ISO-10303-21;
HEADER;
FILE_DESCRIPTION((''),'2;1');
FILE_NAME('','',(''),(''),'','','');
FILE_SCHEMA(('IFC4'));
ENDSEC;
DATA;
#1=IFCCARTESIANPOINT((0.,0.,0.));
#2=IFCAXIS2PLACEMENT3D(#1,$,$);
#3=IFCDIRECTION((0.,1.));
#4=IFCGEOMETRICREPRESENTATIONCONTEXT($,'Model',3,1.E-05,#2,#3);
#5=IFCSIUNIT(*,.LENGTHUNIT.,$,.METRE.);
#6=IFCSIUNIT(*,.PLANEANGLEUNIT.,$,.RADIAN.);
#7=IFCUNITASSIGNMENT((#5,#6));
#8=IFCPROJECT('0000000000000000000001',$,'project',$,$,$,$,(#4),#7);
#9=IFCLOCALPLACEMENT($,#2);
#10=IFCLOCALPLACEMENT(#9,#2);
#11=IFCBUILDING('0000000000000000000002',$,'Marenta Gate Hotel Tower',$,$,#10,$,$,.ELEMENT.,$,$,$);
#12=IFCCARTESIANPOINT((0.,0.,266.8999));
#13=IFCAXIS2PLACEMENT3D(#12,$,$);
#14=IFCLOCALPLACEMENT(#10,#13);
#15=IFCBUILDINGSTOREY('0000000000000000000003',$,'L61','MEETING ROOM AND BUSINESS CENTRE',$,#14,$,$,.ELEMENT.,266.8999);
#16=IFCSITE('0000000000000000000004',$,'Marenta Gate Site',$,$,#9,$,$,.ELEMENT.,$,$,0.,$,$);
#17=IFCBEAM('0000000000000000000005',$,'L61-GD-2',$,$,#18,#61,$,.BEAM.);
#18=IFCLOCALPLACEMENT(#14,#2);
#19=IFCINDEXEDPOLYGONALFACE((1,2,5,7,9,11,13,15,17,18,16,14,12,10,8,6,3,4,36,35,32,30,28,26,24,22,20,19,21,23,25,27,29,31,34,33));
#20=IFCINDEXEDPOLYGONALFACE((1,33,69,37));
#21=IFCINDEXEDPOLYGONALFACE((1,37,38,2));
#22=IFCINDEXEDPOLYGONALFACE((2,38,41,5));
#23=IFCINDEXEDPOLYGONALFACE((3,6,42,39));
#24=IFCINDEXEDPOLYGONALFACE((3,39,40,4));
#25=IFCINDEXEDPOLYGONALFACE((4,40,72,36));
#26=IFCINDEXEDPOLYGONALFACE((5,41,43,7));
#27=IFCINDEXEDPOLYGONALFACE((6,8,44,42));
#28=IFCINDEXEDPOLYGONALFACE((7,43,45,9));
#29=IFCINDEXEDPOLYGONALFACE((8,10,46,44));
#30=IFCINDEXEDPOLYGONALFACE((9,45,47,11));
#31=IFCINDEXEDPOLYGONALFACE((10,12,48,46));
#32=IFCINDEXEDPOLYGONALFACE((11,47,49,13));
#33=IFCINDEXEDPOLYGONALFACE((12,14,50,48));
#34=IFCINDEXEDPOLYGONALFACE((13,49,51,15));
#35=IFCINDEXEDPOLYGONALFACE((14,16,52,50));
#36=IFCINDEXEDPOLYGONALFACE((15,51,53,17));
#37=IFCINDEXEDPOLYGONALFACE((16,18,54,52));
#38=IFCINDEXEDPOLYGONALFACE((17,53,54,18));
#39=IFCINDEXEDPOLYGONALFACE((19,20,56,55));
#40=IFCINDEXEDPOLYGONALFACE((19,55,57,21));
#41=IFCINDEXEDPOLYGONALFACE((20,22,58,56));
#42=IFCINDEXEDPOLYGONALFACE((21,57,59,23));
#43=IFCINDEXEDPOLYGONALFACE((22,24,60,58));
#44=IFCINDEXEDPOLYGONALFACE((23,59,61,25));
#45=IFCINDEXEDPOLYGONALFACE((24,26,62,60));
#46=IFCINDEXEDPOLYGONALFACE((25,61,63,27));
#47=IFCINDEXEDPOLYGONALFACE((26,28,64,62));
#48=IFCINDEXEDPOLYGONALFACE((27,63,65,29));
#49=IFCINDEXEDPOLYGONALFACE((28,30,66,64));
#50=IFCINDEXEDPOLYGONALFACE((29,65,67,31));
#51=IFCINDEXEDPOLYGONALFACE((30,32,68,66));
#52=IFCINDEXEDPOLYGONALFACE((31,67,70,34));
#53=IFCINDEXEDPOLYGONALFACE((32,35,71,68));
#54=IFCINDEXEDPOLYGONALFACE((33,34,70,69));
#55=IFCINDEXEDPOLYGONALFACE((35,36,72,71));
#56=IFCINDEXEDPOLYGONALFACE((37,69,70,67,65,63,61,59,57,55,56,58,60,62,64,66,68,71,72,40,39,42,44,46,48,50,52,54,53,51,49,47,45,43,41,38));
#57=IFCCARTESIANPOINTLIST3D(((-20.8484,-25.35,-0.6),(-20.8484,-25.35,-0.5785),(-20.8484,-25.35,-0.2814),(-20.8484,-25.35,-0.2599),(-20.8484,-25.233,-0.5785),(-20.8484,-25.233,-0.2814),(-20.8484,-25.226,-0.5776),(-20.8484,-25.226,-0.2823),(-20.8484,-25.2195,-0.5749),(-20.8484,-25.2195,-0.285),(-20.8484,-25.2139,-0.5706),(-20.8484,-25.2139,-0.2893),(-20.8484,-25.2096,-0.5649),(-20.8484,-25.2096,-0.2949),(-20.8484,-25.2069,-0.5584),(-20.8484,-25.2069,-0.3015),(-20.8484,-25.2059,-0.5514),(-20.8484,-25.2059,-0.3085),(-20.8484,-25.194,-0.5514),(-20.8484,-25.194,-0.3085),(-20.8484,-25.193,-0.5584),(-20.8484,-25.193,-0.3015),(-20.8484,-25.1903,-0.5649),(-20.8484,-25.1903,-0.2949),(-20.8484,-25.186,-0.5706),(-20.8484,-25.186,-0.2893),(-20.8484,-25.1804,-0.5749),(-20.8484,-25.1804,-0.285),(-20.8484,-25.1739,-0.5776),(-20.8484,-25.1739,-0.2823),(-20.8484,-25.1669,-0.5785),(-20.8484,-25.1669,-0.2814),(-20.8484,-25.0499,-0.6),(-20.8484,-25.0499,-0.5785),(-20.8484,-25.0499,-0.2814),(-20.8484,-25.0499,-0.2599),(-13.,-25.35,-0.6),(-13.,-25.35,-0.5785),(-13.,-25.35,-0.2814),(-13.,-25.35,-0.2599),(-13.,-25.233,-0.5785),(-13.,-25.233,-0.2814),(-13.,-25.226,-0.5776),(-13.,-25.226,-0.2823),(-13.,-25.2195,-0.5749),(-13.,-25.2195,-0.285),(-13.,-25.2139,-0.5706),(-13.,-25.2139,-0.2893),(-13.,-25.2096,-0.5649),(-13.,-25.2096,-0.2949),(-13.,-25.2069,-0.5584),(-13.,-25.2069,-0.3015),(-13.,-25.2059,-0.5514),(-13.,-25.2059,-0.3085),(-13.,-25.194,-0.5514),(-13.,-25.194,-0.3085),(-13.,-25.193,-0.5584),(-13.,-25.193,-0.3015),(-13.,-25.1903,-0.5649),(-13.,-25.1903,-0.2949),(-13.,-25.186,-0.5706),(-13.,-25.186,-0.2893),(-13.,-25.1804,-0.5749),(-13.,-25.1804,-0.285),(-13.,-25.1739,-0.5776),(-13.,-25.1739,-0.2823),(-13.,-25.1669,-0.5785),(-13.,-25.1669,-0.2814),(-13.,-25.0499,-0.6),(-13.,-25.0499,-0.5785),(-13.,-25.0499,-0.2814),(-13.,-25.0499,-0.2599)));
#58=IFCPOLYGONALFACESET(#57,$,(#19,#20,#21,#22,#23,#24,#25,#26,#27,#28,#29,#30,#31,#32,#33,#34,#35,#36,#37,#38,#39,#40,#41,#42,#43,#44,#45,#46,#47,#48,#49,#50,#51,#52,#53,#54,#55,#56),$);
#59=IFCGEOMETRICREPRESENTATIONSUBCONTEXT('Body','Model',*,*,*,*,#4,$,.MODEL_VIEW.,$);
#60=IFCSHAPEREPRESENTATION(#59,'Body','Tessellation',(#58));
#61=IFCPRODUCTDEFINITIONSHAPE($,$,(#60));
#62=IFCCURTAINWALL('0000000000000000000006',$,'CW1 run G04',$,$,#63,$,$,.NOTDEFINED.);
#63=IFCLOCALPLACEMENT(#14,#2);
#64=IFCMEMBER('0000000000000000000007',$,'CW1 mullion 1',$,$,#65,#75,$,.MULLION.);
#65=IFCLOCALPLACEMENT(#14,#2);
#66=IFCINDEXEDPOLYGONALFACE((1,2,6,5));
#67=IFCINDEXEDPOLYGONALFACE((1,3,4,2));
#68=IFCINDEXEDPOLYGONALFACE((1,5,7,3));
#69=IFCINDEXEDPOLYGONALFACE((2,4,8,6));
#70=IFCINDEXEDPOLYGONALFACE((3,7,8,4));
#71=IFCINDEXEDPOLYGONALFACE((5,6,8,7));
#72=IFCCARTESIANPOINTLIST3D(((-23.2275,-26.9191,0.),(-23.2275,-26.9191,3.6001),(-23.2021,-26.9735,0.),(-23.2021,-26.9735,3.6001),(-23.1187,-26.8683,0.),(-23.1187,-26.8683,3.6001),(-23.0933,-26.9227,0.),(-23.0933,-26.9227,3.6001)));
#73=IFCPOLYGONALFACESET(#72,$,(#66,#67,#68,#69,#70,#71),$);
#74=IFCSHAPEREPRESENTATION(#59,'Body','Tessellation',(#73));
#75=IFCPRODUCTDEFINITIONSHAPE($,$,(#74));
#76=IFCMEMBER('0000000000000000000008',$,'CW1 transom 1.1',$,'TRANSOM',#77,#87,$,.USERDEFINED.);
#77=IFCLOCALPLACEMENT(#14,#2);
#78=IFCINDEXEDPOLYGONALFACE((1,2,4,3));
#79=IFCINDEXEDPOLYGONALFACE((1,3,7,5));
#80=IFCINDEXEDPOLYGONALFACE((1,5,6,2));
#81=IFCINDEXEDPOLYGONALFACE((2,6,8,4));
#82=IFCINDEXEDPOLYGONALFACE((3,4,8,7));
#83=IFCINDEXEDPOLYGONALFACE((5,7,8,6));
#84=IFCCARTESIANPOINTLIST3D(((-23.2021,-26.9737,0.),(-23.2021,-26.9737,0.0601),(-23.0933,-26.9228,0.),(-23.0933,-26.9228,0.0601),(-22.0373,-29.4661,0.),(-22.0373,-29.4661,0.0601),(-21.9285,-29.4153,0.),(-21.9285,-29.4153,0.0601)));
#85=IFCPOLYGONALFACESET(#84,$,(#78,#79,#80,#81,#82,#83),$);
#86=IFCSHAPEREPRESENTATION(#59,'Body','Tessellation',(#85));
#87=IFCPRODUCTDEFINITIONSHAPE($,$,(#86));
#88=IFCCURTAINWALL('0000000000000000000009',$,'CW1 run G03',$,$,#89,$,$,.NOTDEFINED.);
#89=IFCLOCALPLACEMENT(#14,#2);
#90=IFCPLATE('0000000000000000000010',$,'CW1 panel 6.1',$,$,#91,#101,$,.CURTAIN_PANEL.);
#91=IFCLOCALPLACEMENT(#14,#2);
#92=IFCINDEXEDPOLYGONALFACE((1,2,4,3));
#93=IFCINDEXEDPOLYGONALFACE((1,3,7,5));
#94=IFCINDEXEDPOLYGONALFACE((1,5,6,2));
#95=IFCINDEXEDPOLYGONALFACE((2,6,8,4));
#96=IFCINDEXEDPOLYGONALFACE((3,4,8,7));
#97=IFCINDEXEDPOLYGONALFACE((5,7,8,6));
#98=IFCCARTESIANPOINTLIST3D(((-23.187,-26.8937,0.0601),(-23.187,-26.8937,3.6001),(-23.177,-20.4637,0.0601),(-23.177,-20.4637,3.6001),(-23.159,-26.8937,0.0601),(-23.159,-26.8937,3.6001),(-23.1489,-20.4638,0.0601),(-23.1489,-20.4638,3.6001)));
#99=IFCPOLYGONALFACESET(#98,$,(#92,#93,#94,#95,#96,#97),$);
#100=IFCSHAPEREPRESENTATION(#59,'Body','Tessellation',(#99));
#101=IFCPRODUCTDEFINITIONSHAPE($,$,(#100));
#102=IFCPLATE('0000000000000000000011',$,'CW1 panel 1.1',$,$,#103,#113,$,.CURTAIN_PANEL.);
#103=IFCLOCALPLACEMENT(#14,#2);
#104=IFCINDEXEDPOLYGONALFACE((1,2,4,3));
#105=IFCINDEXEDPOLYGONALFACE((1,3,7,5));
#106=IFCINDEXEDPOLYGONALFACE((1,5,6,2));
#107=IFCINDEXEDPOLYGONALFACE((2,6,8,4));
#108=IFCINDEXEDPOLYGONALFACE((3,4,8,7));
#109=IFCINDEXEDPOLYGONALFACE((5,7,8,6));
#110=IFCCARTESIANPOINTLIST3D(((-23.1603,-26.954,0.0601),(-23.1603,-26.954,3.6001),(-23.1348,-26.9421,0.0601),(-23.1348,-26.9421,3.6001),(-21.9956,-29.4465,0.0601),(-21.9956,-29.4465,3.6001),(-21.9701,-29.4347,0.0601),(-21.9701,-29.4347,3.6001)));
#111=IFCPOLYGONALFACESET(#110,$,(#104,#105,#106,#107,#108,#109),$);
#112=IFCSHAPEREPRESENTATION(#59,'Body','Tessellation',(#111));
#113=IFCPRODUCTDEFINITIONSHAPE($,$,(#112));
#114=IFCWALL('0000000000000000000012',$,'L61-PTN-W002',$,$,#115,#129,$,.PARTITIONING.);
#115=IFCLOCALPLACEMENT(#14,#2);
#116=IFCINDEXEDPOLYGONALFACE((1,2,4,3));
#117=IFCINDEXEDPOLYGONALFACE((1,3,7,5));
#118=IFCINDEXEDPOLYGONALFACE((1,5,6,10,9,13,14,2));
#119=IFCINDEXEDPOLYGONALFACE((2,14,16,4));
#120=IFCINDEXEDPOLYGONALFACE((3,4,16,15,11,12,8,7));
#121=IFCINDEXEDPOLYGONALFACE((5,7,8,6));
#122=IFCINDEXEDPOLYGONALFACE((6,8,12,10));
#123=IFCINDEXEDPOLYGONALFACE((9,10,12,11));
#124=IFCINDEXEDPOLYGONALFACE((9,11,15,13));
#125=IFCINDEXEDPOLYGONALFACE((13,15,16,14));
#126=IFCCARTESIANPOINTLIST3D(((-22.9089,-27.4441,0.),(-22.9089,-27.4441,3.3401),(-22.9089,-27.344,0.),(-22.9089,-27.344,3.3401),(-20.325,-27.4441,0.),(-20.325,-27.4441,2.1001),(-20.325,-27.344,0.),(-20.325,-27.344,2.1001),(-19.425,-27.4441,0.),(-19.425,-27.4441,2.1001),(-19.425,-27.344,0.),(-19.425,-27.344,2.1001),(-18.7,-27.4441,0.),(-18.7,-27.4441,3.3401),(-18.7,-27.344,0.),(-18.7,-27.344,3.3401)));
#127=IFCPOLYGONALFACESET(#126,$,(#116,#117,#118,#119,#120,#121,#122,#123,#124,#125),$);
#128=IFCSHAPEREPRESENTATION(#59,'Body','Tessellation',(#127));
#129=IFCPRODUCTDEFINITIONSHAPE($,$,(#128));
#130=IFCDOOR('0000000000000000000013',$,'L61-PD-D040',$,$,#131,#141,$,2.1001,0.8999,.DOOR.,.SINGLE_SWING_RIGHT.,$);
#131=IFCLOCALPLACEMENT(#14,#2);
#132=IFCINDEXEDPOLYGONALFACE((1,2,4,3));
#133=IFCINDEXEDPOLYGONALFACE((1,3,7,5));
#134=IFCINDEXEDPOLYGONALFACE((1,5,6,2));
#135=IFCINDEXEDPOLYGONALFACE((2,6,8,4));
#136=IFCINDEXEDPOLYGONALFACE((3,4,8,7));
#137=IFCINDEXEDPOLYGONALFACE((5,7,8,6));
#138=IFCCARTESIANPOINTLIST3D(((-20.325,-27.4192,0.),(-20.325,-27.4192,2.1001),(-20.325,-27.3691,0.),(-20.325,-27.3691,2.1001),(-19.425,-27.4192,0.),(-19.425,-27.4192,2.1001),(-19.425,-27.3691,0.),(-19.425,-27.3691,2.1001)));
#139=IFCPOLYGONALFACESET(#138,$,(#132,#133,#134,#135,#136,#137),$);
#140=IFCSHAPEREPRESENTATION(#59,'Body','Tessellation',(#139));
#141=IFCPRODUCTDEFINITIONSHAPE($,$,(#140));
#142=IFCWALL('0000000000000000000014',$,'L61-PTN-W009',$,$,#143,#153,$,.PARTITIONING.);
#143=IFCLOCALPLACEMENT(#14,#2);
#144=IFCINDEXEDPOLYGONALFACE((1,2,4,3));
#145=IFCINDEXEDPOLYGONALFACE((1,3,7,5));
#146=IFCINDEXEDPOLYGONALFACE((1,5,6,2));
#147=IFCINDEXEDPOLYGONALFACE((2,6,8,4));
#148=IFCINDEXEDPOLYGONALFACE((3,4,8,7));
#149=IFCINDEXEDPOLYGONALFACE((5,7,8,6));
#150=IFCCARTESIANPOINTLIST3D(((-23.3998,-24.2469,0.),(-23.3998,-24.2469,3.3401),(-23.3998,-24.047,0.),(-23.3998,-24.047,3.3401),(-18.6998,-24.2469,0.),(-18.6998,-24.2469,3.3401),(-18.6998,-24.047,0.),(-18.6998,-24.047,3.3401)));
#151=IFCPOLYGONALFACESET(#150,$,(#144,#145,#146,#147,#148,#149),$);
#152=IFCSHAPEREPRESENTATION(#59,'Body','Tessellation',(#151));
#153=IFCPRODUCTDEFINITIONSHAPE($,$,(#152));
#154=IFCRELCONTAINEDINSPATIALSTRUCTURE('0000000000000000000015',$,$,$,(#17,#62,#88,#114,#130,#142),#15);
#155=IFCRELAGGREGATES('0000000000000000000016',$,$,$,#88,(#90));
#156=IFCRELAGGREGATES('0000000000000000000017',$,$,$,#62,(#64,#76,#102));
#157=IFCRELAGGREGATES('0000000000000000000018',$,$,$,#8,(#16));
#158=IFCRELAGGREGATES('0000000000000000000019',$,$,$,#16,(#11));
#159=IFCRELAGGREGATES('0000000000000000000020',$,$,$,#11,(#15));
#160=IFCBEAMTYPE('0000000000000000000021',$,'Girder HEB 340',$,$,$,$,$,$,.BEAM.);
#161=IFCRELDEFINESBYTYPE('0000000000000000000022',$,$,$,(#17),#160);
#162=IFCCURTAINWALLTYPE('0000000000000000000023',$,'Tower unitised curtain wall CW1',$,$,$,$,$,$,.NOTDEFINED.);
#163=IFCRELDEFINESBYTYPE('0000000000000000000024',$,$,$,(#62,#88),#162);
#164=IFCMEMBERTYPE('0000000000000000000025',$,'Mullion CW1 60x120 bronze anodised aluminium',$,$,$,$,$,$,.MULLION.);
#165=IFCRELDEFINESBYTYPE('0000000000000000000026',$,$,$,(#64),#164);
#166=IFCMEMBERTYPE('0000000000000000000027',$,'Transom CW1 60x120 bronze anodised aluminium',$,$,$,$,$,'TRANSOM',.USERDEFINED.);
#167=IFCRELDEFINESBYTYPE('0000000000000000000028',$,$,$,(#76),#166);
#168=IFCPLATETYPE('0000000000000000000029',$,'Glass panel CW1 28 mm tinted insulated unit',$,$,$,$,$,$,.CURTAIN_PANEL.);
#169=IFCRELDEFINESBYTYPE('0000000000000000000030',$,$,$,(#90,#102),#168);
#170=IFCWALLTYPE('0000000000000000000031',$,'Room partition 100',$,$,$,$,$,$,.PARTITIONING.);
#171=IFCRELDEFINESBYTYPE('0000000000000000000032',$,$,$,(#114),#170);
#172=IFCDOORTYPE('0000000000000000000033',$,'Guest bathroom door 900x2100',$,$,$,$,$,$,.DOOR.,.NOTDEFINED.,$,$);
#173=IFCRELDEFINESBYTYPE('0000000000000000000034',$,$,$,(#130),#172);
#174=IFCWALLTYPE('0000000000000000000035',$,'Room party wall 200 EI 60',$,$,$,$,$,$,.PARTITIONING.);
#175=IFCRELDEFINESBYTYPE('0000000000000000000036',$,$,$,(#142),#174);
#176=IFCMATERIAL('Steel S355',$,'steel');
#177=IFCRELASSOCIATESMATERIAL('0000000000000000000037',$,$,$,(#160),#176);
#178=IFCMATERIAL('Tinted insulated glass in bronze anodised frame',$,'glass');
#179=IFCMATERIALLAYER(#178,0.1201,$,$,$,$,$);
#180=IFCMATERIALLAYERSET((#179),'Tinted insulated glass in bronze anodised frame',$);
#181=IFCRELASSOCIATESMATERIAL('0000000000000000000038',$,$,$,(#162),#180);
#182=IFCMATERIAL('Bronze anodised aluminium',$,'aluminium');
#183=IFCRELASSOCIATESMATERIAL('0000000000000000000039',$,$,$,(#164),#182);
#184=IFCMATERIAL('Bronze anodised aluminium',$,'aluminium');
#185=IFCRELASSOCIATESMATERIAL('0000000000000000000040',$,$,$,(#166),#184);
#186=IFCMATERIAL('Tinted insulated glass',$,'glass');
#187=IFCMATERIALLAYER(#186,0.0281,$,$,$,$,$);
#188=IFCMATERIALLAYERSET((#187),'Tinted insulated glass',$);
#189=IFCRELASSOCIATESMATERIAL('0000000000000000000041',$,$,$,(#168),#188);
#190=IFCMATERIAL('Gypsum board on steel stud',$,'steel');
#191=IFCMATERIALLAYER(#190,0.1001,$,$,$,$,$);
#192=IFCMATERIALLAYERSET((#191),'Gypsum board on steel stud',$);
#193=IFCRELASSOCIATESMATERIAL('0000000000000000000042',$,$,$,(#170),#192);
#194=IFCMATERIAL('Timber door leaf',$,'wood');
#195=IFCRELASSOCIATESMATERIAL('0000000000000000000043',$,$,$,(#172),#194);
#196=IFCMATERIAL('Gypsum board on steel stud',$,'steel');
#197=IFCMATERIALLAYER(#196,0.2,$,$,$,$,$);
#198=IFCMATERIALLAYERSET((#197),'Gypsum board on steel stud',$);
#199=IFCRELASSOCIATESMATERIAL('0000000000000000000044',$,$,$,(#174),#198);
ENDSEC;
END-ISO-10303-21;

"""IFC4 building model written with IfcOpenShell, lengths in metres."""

from ifc_helpers import new_model, si_unit, direction, frame, frame_2d, origin, origin_2d, place, context, subcontext, project, spatial, rectangle, i_section, extrude, material, layer, layer_set, material_profile, profile_set, type_object, element, fill, aggregate, save


model = new_model("IFC4")

# Units and contexts
model_context = context("Model", 3, precision=1e-05, world=origin(), true_north=direction((0.0, 1.0)))
body_context = subcontext(model_context, "Body", "Model", "MODEL_VIEW")
ifc_project = project(units=[si_unit("LENGTHUNIT", "METRE"), si_unit("PLANEANGLEUNIT", "RADIAN")], contexts=[model_context])

# Site, building, storey
site_placement = place(None, origin())
site = spatial("IfcSite", under=ifc_project, at=site_placement, Name="Marenta Gate Site", CompositionType="ELEMENT", RefElevation=0.0)
building_placement = place(site_placement, origin())
building = spatial("IfcBuilding", under=site, at=building_placement, Name="Marenta Gate Hotel Tower", CompositionType="ELEMENT")
storey_placement = place(building_placement, frame((0.0, 0.0, 266.8999)))
storey = spatial("IfcBuildingStorey", under=building, at=storey_placement, Name="L61", Description="MEETING ROOM AND BUSINESS CENTRE", CompositionType="ELEMENT", Elevation=266.8999)

# Beam
ifc_material_1 = material(Name="Steel S355", Category="steel")
ifc_material_profile_1 = material_profile(ifc_material_1, i_section(OverallWidth=0.3, OverallDepth=0.3401, WebThickness=0.012, FlangeThickness=0.0215, FilletRadius=0.0271, at=origin_2d()), Name="HEB 340")
ifc_profile_set_1 = profile_set([ifc_material_profile_1], Name="Steel S355")
beam_type_1 = type_object("IfcBeamType", Name="Girder HEB 340", PredefinedType="BEAM", material=ifc_profile_set_1)
beam_1_placement = place(storey_placement, frame((-20.8484, -25.2, -0.4299), z_axis=(1.0, 0.0, 0.0), x_axis=(0.0, 1.0, 0.0)))
element("IfcBeam", 1, at=beam_1_placement, inside=storey, type_object=beam_type_1, Name="L61-GD-2", PredefinedType="BEAM", context=body_context, shape_type="SweptSolid", body=[
    extrude(i_section(OverallWidth=0.3, OverallDepth=0.3401, WebThickness=0.012, FlangeThickness=0.0215, FilletRadius=0.0271, at=origin_2d()), origin(), (0.0, 0.0, 1.0), 7.8484),
])

# Curtain wall, members
ifc_material_2 = material(Name="Tinted insulated glass in bronze anodised frame", Category="glass")
ifc_layer_1 = layer(ifc_material_2, 0.1201)
ifc_layer_set_1 = layer_set([ifc_layer_1], Name="Tinted insulated glass in bronze anodised frame")
curtain_wall_type = type_object("IfcCurtainWallType", Name="Tower unitised curtain wall CW1", PredefinedType="NOTDEFINED", material=ifc_layer_set_1)
curtain_wall_1_placement = place(storey_placement, origin())
curtain_wall_1 = element("IfcCurtainWall", 2, at=curtain_wall_1_placement, inside=storey, type_object=curtain_wall_type, Name="CW1 run G04", PredefinedType="NOTDEFINED")
ifc_material_3 = material(Name="Bronze anodised aluminium", Category="aluminium")
ifc_material_profile_2 = material_profile(ifc_material_3, rectangle(XDim=0.1201, YDim=0.0601, at=origin_2d()), Name="Mullion CW1 60x120 bronze anodised aluminium")
ifc_profile_set_2 = profile_set([ifc_material_profile_2], Name="Bronze anodised aluminium")
member_type_1 = type_object("IfcMemberType", Name="Mullion CW1 60x120 bronze anodised aluminium", PredefinedType="MULLION", material=ifc_profile_set_2)
member_1_placement = place(storey_placement, frame((-23.1604, -26.9209, 0.0), z_axis=(0.0, 0.0, 1.0), x_axis=(0.905972, 0.423337, 0.0)))
member_1 = element("IfcMember", 3, at=member_1_placement, type_object=member_type_1, Name="CW1 mullion 1", PredefinedType="MULLION", context=body_context, shape_type="SweptSolid", body=[
    extrude(rectangle(XDim=0.1201, YDim=0.0601, at=origin_2d()), origin(), (0.0, 0.0, 1.0), 3.6001),
])
ifc_material_4 = material(Name="Bronze anodised aluminium", Category="aluminium")
ifc_material_profile_3 = material_profile(ifc_material_4, rectangle(XDim=0.1201, YDim=0.0601, at=origin_2d()), Name="Transom CW1 60x120 bronze anodised aluminium")
ifc_profile_set_3 = profile_set([ifc_material_profile_3], Name="Bronze anodised aluminium")
member_type_2 = type_object("IfcMemberType", Name="Transom CW1 60x120 bronze anodised aluminium", ElementType="TRANSOM", PredefinedType="USERDEFINED", material=ifc_profile_set_3)
member_2_placement = place(storey_placement, frame((-23.1477, -26.9482, 0.03), z_axis=(0.423381, -0.905952, 0.0), x_axis=(0.905952, 0.423381, 0.0)))
member_2 = element("IfcMember", 4, at=member_2_placement, type_object=member_type_2, Name="CW1 transom 1.1", ObjectType="TRANSOM", PredefinedType="USERDEFINED", context=body_context, shape_type="SweptSolid", body=[
    extrude(rectangle(XDim=0.1201, YDim=0.0601, at=origin_2d()), origin(), (0.0, 0.0, 1.0), 2.7512),
])

# Curtain wall, plate
curtain_wall_2_placement = place(storey_placement, origin())
curtain_wall_2 = element("IfcCurtainWall", 5, at=curtain_wall_2_placement, inside=storey, type_object=curtain_wall_type, Name="CW1 run G03", PredefinedType="NOTDEFINED")
ifc_material_5 = material(Name="Tinted insulated glass", Category="glass")
ifc_layer_2 = layer(ifc_material_5, 0.0281)
ifc_layer_set_2 = layer_set([ifc_layer_2], Name="Tinted insulated glass")
plate_type = type_object("IfcPlateType", Name="Glass panel CW1 28 mm tinted insulated unit", PredefinedType="CURTAIN_PANEL", material=ifc_layer_set_2)
plate_1_placement = place(storey_placement, frame((-23.168, -23.6787, 0.0601), z_axis=(0.0, 0.0, 1.0), x_axis=(-0.001566, -0.999999, 0.0)))
plate_1 = element("IfcPlate", 6, at=plate_1_placement, type_object=plate_type, Name="CW1 panel 6.1", PredefinedType="CURTAIN_PANEL", context=body_context, shape_type="SweptSolid", body=[
    extrude(rectangle(XDim=6.4299, YDim=0.0281, at=origin_2d()), origin(), (0.0, 0.0, 1.0), 3.54),
])
aggregate(curtain_wall_2, [plate_1])

# Plate
plate_2_placement = place(storey_placement, frame((-22.5652, -28.1943, 0.0601), z_axis=(0.0, 0.0, 1.0), x_axis=(0.423337, -0.905972, 0.0)))
plate_2 = element("IfcPlate", 7, at=plate_2_placement, type_object=plate_type, Name="CW1 panel 1.1", PredefinedType="CURTAIN_PANEL", context=body_context, shape_type="SweptSolid", body=[
    extrude(rectangle(XDim=2.7512, YDim=0.0281, at=origin_2d()), origin(), (0.0, 0.0, 1.0), 3.54),
])
aggregate(curtain_wall_1, [member_1, member_2, plate_2])

# Wall, opening, door
ifc_material_6 = material(Name="Gypsum board on steel stud", Category="steel")
ifc_layer_3 = layer(ifc_material_6, 0.1001)
ifc_layer_set_3 = layer_set([ifc_layer_3], Name="Gypsum board on steel stud")
wall_type_1 = type_object("IfcWallType", Name="Room partition 100", PredefinedType="PARTITIONING", material=ifc_layer_set_3)
wall_1_placement = place(storey_placement, frame((-22.9089, -27.394, 0.0), z_axis=(0.0, 0.0, 1.0), x_axis=(1.0, 0.0, 0.0)))
wall_1 = element("IfcWall", 8, at=wall_1_placement, inside=storey, type_object=wall_type_1, Name="L61-PTN-W002", PredefinedType="PARTITIONING", context=body_context, shape_type="SweptSolid", body=[
    extrude(rectangle(XDim=4.209, YDim=0.1001, at=frame_2d((2.1045, 0.0))), origin(), (0.0, 0.0, 1.0), 3.3401),
])
opening_1_placement = place(wall_1_placement, frame((2.584, 0.0, 0.0)))
opening_1 = element("IfcOpeningElement", 9, at=opening_1_placement, cuts=wall_1, PredefinedType="OPENING", context=body_context, shape_type="SweptSolid", body=[
    extrude(rectangle(XDim=0.8999, YDim=2.1001, at=frame_2d((0.45, 1.05))), frame((0.0, 0.05, 0.0), z_axis=(0.0, -1.0, 0.0), x_axis=(1.0, 0.0, 0.0)), (0.0, 0.0, 1.0), 0.1001),
])
ifc_material_7 = material(Name="Timber door leaf", Category="wood")
door_type_1 = type_object("IfcDoorType", Name="Guest bathroom door 900x2100", OperationType="NOTDEFINED", PredefinedType="DOOR", material=ifc_material_7)
door_1_placement = place(opening_1_placement, origin())
door_1 = element("IfcDoor", 10, at=door_1_placement, inside=storey, type_object=door_type_1, Name="L61-PD-D040", OperationType="SINGLE_SWING_RIGHT", OverallHeight=2.1001, OverallWidth=0.8999, PredefinedType="DOOR", context=body_context, shape_type="SweptSolid", body=[
    extrude(rectangle(XDim=0.8999, YDim=2.1001, at=frame_2d((0.45, 1.05))), frame((0.0, 0.0249, 0.0), z_axis=(0.0, -1.0, 0.0), x_axis=(1.0, 0.0, 0.0)), (0.0, 0.0, 1.0), 0.05),
])
fill(opening_1, door_1)

# Wall
ifc_material_8 = material(Name="Gypsum board on steel stud", Category="steel")
ifc_layer_4 = layer(ifc_material_8, 0.2)
ifc_layer_set_4 = layer_set([ifc_layer_4], Name="Gypsum board on steel stud")
wall_type_2 = type_object("IfcWallType", Name="Room party wall 200 EI 60", PredefinedType="PARTITIONING", material=ifc_layer_set_4)
wall_2_placement = place(storey_placement, frame((-23.3999, -24.147, 0.0), z_axis=(0.0, 0.0, 1.0), x_axis=(1.0, 0.0, 0.0)))
element("IfcWall", 11, at=wall_2_placement, inside=storey, type_object=wall_type_2, Name="L61-PTN-W009", PredefinedType="PARTITIONING", context=body_context, shape_type="SweptSolid", body=[
    extrude(rectangle(XDim=4.7, YDim=0.2, at=frame_2d((2.3501, 0.0))), origin(), (0.0, 0.0, 1.0), 3.3401),
])

save(model, "model.ifc")
